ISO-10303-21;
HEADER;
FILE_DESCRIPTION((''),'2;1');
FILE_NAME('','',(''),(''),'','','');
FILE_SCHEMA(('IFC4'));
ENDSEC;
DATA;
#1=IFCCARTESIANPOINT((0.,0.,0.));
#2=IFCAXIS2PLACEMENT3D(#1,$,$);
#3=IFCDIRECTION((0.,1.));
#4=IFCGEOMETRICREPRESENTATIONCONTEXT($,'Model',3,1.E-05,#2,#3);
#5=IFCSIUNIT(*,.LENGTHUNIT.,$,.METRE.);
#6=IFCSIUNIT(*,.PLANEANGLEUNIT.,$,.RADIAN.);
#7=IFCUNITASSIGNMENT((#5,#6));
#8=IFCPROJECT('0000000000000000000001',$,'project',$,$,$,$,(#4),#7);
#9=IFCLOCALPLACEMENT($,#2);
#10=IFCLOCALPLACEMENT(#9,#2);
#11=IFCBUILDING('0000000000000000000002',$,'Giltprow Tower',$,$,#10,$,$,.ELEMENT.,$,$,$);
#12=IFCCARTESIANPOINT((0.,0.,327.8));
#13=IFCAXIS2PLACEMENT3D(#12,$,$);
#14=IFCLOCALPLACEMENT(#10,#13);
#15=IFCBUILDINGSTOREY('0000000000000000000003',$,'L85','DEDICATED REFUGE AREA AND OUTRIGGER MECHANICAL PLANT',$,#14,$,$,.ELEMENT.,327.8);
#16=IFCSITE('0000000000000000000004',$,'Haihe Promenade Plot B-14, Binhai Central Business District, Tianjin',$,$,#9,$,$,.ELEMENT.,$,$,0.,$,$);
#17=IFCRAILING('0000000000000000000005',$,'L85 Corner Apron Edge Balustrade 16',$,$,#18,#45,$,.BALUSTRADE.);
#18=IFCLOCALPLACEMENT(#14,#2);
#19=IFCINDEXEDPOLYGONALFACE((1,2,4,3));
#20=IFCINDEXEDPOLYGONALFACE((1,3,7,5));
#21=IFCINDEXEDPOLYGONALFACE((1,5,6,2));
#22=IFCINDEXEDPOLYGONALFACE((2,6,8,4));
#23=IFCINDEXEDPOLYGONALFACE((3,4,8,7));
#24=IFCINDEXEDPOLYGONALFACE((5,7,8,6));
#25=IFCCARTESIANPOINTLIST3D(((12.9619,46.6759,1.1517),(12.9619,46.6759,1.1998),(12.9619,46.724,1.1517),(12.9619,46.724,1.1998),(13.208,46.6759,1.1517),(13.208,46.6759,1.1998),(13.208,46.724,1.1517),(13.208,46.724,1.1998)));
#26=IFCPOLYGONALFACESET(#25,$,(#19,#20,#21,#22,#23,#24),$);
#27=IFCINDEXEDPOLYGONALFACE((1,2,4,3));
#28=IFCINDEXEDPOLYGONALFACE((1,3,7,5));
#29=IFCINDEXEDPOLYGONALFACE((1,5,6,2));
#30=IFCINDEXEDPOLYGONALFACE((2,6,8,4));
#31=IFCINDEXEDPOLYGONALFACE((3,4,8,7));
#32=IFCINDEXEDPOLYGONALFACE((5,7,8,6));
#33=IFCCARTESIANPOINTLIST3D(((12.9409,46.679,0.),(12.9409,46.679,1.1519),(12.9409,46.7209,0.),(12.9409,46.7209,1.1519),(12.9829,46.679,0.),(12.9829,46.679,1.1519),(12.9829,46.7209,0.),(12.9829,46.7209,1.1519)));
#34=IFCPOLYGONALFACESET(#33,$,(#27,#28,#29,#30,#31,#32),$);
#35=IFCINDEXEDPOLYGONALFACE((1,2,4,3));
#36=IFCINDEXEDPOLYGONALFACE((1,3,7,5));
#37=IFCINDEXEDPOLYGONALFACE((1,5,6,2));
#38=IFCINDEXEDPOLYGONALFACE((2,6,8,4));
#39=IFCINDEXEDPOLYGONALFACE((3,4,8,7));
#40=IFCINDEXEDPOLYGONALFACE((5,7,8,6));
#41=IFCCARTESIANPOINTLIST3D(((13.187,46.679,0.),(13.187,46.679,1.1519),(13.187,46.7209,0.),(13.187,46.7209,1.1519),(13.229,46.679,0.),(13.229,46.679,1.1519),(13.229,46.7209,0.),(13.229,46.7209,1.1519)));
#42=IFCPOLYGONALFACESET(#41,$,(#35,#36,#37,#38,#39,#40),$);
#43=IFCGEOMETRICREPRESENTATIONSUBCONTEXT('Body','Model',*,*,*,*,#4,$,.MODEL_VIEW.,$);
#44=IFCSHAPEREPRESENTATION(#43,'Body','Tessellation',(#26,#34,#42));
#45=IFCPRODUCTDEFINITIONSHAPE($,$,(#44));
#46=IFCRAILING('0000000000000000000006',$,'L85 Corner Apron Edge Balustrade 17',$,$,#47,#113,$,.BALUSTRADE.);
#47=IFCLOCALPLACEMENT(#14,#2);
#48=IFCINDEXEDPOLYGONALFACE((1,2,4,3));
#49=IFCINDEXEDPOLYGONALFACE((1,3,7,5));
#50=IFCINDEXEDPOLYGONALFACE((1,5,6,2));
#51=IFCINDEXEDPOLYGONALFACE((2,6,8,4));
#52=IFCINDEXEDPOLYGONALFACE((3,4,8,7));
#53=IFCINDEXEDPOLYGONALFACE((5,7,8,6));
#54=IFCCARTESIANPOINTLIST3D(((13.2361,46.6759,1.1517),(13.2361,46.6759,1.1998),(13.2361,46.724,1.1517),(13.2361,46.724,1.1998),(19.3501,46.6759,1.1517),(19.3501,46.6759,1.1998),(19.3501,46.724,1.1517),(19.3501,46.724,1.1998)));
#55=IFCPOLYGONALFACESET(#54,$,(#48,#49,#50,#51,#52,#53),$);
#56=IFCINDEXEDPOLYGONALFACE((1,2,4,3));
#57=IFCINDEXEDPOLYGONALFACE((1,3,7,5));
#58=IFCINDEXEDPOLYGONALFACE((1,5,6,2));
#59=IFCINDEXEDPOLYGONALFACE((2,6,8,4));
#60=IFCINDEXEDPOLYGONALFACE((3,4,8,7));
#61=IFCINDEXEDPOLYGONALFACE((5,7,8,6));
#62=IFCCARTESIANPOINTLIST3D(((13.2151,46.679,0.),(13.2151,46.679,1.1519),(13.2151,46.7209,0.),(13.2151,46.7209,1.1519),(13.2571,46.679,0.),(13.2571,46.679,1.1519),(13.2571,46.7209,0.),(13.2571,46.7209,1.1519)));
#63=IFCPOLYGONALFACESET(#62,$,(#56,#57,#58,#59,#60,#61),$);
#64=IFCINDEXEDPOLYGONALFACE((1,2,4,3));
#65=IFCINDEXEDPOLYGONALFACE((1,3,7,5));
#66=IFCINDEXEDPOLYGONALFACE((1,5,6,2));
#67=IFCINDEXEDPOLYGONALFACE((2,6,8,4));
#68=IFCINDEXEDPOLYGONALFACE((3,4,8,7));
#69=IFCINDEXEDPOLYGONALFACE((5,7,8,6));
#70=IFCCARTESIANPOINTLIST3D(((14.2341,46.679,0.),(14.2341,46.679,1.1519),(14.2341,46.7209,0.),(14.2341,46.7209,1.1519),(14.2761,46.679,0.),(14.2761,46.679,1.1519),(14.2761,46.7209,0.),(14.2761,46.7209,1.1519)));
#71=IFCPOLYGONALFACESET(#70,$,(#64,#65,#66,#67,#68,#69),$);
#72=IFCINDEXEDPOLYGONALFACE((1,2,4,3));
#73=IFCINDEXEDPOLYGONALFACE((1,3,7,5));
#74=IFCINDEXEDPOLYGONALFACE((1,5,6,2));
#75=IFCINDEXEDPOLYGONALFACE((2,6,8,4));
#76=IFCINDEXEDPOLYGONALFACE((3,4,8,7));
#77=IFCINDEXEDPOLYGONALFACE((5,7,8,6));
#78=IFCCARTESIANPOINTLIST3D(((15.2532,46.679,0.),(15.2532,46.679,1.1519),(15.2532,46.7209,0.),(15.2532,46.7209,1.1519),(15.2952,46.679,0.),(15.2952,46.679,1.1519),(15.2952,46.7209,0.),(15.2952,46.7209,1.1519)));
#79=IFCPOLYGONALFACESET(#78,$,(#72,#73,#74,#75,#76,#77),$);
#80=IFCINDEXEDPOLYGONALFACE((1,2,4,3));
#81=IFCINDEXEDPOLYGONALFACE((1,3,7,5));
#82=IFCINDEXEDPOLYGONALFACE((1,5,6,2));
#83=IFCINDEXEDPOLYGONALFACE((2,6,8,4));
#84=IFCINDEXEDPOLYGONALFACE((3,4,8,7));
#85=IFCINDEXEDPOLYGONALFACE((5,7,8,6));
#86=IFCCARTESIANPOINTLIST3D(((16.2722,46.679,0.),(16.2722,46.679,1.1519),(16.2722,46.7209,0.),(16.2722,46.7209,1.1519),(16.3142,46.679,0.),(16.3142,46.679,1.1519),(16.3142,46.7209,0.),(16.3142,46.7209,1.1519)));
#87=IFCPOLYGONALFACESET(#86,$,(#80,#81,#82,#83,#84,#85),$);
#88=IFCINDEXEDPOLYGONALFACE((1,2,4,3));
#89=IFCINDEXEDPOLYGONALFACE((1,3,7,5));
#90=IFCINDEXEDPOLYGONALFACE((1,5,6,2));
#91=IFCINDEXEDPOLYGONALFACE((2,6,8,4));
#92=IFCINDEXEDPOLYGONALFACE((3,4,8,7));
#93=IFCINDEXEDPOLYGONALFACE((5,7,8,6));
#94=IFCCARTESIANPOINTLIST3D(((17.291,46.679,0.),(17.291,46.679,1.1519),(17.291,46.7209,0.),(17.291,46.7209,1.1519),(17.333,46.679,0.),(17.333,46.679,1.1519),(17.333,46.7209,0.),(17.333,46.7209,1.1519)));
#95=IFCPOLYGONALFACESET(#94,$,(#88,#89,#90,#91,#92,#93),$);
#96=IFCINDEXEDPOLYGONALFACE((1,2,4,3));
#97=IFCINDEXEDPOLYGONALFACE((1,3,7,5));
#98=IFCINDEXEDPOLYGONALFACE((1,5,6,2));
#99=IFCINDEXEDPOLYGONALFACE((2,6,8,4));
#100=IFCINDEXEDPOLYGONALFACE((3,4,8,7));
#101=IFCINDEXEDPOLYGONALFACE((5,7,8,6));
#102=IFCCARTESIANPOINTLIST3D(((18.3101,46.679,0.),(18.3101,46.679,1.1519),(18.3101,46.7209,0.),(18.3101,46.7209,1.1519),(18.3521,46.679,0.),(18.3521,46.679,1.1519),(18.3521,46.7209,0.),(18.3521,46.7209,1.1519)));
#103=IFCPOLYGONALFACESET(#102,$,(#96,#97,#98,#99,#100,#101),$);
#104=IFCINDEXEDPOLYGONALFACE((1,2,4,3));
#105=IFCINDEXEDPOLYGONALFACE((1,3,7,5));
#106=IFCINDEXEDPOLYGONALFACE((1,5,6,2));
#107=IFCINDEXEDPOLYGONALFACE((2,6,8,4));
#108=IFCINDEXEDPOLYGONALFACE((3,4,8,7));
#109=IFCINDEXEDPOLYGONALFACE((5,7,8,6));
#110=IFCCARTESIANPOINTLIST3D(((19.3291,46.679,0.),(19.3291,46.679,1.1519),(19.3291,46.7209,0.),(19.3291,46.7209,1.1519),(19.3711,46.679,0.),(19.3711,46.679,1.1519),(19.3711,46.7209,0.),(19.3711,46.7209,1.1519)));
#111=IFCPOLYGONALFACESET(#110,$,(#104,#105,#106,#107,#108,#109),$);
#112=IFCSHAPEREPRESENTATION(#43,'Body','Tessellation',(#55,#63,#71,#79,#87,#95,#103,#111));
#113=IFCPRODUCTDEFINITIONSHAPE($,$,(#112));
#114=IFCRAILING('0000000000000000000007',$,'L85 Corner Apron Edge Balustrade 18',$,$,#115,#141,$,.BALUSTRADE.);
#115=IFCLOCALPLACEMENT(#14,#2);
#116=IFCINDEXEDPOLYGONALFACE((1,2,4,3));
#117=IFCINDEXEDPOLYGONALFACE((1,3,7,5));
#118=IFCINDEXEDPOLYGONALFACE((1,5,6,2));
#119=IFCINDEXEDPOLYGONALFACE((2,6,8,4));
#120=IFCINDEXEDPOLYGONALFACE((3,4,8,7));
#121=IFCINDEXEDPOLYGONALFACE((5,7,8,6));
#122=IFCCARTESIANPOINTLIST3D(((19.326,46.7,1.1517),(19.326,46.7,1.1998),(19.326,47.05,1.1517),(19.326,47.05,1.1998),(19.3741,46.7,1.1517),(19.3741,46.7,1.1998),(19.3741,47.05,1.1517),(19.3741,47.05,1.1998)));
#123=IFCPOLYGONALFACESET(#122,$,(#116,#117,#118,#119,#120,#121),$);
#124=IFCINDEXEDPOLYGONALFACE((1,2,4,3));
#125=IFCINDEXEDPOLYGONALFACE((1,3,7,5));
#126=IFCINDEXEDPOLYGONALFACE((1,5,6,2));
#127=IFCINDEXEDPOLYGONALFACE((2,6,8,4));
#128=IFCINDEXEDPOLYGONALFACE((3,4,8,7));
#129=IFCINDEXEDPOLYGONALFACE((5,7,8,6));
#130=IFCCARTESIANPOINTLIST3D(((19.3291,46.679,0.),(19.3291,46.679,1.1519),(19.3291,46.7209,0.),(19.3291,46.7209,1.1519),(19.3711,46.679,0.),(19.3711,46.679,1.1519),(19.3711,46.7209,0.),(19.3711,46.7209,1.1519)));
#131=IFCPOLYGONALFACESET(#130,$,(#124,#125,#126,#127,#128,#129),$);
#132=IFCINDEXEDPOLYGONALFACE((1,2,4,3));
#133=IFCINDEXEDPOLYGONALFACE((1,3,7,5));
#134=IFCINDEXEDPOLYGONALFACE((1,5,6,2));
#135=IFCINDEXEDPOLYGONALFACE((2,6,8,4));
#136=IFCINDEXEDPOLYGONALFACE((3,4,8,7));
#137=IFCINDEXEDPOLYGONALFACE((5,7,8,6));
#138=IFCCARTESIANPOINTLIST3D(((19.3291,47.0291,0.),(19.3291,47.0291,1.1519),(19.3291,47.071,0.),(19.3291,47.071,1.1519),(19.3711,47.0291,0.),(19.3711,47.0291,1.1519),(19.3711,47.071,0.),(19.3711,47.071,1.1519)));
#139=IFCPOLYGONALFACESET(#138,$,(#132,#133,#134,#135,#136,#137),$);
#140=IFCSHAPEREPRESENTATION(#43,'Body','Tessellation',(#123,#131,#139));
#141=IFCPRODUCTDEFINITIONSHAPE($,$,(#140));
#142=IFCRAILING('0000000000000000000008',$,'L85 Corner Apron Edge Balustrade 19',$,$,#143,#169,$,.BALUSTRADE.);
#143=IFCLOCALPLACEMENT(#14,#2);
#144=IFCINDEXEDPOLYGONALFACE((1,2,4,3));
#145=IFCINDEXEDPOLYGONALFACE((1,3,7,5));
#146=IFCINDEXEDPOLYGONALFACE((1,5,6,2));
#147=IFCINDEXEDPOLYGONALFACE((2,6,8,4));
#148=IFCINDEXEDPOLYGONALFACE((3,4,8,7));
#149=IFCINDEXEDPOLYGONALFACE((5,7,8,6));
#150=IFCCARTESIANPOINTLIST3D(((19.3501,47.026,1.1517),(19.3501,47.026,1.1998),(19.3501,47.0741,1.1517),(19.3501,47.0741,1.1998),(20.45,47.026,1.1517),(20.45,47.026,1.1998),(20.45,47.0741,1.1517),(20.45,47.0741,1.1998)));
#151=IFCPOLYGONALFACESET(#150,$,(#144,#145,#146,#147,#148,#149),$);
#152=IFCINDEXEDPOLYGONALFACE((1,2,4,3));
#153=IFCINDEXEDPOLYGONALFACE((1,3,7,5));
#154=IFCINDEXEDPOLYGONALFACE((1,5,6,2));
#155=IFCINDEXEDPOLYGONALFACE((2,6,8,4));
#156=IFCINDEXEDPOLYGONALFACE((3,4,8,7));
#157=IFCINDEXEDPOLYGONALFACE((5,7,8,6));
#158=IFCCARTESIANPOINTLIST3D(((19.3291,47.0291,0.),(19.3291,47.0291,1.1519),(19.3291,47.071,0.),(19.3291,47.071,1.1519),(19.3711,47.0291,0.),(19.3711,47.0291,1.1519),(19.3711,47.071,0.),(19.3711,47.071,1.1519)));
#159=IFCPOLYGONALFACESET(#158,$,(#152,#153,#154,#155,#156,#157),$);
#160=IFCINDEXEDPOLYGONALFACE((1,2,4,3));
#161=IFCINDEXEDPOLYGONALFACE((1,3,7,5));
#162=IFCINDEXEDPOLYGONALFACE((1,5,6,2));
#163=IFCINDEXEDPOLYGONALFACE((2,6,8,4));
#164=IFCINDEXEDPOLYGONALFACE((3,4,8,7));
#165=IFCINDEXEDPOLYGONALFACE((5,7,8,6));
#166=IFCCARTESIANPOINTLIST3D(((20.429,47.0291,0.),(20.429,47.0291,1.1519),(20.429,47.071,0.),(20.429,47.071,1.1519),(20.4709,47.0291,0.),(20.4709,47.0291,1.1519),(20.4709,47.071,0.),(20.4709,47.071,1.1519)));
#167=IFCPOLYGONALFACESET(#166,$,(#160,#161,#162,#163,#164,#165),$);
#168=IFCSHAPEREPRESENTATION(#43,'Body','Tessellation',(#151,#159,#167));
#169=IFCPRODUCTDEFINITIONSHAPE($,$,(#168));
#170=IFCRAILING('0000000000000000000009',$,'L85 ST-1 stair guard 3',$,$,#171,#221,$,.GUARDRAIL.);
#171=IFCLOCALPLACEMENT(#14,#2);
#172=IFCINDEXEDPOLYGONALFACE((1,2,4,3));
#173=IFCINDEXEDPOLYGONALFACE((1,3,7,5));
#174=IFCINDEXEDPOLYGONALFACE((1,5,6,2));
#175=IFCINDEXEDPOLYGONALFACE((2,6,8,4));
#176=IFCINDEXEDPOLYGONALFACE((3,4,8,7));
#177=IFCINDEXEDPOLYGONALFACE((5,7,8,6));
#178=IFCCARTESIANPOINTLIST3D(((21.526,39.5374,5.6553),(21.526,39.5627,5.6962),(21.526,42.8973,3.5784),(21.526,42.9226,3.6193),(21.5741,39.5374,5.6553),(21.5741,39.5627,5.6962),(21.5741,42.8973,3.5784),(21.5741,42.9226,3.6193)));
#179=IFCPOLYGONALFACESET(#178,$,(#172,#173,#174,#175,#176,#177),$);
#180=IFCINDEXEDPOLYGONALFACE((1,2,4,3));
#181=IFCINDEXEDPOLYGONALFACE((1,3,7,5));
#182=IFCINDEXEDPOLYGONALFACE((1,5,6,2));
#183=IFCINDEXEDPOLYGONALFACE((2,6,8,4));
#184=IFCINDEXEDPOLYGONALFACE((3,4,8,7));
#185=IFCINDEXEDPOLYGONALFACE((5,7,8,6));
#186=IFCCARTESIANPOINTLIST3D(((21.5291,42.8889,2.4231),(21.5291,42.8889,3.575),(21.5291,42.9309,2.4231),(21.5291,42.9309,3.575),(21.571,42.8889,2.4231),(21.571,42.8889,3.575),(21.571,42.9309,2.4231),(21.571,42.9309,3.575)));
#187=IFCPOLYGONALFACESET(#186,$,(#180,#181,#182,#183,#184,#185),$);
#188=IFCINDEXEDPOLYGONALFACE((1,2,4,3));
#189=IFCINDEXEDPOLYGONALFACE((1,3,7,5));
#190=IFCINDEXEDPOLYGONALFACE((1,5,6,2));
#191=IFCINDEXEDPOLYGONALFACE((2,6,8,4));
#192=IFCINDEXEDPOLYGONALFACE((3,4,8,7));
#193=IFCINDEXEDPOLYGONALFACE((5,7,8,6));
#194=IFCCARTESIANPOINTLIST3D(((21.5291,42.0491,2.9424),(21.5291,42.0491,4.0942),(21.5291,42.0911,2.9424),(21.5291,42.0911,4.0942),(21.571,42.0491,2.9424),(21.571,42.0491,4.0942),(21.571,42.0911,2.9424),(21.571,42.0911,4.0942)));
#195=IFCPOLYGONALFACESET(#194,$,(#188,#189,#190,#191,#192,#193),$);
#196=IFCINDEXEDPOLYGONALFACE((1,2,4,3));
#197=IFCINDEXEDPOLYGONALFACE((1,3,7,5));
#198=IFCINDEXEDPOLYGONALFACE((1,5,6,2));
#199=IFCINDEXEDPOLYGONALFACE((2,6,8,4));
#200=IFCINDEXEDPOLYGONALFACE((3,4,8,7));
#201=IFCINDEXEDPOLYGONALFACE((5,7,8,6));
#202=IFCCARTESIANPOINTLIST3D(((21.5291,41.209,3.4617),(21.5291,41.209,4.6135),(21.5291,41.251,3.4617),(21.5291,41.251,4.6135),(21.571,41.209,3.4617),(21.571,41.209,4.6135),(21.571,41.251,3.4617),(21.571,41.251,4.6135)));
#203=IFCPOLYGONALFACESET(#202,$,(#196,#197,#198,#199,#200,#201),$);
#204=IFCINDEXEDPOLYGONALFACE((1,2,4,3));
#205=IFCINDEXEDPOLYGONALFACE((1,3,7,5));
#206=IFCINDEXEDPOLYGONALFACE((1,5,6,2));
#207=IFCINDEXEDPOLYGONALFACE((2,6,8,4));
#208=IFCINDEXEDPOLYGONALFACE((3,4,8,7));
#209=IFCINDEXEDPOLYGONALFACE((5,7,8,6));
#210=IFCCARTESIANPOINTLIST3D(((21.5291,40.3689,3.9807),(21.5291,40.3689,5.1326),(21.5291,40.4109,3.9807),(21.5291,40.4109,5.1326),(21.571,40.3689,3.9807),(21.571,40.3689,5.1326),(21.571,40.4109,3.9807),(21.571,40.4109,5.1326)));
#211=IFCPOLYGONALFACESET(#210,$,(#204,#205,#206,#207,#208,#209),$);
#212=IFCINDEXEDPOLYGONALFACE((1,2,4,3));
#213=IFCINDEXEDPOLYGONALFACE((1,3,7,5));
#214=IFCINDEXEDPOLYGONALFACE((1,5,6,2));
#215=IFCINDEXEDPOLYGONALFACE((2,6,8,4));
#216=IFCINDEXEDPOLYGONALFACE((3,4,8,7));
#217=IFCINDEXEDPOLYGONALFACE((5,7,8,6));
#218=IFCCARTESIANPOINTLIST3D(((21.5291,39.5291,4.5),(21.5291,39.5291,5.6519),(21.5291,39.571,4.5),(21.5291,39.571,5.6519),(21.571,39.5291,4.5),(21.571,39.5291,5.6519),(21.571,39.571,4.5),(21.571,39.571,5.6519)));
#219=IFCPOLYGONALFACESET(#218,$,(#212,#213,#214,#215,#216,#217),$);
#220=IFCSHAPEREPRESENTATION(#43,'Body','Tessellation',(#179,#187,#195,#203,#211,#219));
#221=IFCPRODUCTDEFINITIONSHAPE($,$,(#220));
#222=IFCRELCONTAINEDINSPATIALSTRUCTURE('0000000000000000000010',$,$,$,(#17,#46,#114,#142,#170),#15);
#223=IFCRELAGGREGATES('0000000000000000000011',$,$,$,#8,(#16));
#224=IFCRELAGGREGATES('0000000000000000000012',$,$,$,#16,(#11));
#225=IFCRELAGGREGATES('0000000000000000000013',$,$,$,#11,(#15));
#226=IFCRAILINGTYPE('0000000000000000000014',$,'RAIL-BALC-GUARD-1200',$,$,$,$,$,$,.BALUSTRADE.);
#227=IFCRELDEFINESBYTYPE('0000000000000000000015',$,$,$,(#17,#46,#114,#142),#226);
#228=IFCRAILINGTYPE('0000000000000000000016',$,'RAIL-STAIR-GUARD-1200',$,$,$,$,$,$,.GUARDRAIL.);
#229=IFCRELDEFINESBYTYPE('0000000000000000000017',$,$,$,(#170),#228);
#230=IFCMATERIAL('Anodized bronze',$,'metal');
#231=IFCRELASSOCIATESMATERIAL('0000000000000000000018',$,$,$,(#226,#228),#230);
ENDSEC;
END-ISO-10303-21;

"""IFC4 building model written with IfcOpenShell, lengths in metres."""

from ifc_helpers import new_model, si_unit, direction, frame, origin, origin_2d, place, context, subcontext, project, spatial, rectangle, extrude, material, type_object, element, save


model = new_model("IFC4")

# Units and contexts
model_context = context("Model", 3, precision=1e-05, world=origin(), true_north=direction((0.0, 1.0)))
body_context = subcontext(model_context, "Body", "Model", "MODEL_VIEW")
ifc_project = project(units=[si_unit("LENGTHUNIT", "METRE"), si_unit("PLANEANGLEUNIT", "RADIAN")], contexts=[model_context])

# Site, building, storey
site_placement = place(None, origin())
site = spatial("IfcSite", under=ifc_project, at=site_placement, Name="Haihe Promenade Plot B-14, Binhai Central Business District, Tianjin", CompositionType="ELEMENT", RefElevation=0.0)
building_placement = place(site_placement, origin())
building = spatial("IfcBuilding", under=site, at=building_placement, Name="Giltprow Tower", CompositionType="ELEMENT")
storey_placement = place(building_placement, frame((0.0, 0.0, 327.8)))
storey = spatial("IfcBuildingStorey", under=building, at=storey_placement, Name="L85", Description="DEDICATED REFUGE AREA AND OUTRIGGER MECHANICAL PLANT", CompositionType="ELEMENT", Elevation=327.8)

# Railings
ifc_material_1 = material(Name="Anodized bronze", Category="metal")
railing_type_1 = type_object("IfcRailingType", Name="RAIL-BALC-GUARD-1200", PredefinedType="BALUSTRADE", material=ifc_material_1)
railing_1_placement = place(storey_placement, frame((12.9619, 46.7, 0.0)))
element("IfcRailing", 1, at=railing_1_placement, inside=storey, type_object=railing_type_1, Name="L85 Corner Apron Edge Balustrade 16", PredefinedType="BALUSTRADE", context=body_context, shape_type="SweptSolid", body=[
    extrude(rectangle(XDim=0.0481, YDim=0.0481, at=origin_2d()), frame((0.0, 0.0, 1.1758), z_axis=(1.0, 0.0, 0.0), x_axis=(0.0, 1.0, 0.0)), (0.0, 0.0, 1.0), 0.2461),
    extrude(rectangle(XDim=0.042, YDim=0.042, at=origin_2d()), origin(), (0.0, 0.0, 1.0), 1.1519),
    extrude(rectangle(XDim=0.042, YDim=0.042, at=origin_2d()), frame((0.2461, 0.0, 0.0)), (0.0, 0.0, 1.0), 1.1519),
])
railing_2_placement = place(storey_placement, frame((13.2361, 46.7, 0.0)))
element("IfcRailing", 2, at=railing_2_placement, inside=storey, type_object=railing_type_1, Name="L85 Corner Apron Edge Balustrade 17", PredefinedType="BALUSTRADE", context=body_context, shape_type="SweptSolid", body=[
    extrude(rectangle(XDim=0.0481, YDim=0.0481, at=origin_2d()), frame((0.0, 0.0, 1.1758), z_axis=(1.0, 0.0, 0.0), x_axis=(0.0, 1.0, 0.0)), (0.0, 0.0, 1.0), 6.114),
    extrude(rectangle(XDim=0.042, YDim=0.042, at=origin_2d()), origin(), (0.0, 0.0, 1.0), 1.1519),
    extrude(rectangle(XDim=0.042, YDim=0.042, at=origin_2d()), frame((1.019, 0.0, 0.0)), (0.0, 0.0, 1.0), 1.1519),
    extrude(rectangle(XDim=0.042, YDim=0.042, at=origin_2d()), frame((2.0381, 0.0, 0.0)), (0.0, 0.0, 1.0), 1.1519),
    extrude(rectangle(XDim=0.042, YDim=0.042, at=origin_2d()), frame((3.0571, 0.0, 0.0)), (0.0, 0.0, 1.0), 1.1519),
    extrude(rectangle(XDim=0.042, YDim=0.042, at=origin_2d()), frame((4.0759, 0.0, 0.0)), (0.0, 0.0, 1.0), 1.1519),
    extrude(rectangle(XDim=0.042, YDim=0.042, at=origin_2d()), frame((5.095, 0.0, 0.0)), (0.0, 0.0, 1.0), 1.1519),
    extrude(rectangle(XDim=0.042, YDim=0.042, at=origin_2d()), frame((6.114, 0.0, 0.0)), (0.0, 0.0, 1.0), 1.1519),
])
railing_3_placement = place(storey_placement, frame((19.3501, 46.7, 0.0)))
element("IfcRailing", 3, at=railing_3_placement, inside=storey, type_object=railing_type_1, Name="L85 Corner Apron Edge Balustrade 18", PredefinedType="BALUSTRADE", context=body_context, shape_type="SweptSolid", body=[
    extrude(rectangle(XDim=0.0481, YDim=0.0481, at=origin_2d()), frame((0.0, 0.0, 1.1758), z_axis=(0.0, 1.0, 0.0), x_axis=(-1.0, 0.0, 0.0)), (0.0, 0.0, 1.0), 0.3501),
    extrude(rectangle(XDim=0.042, YDim=0.042, at=origin_2d()), origin(), (0.0, 0.0, 1.0), 1.1519),
    extrude(rectangle(XDim=0.042, YDim=0.042, at=origin_2d()), frame((0.0, 0.3501, 0.0)), (0.0, 0.0, 1.0), 1.1519),
])
railing_4_placement = place(storey_placement, frame((19.3501, 47.05, 0.0)))
element("IfcRailing", 4, at=railing_4_placement, inside=storey, type_object=railing_type_1, Name="L85 Corner Apron Edge Balustrade 19", PredefinedType="BALUSTRADE", context=body_context, shape_type="SweptSolid", body=[
    extrude(rectangle(XDim=0.0481, YDim=0.0481, at=origin_2d()), frame((0.0, 0.0, 1.1758), z_axis=(1.0, 0.0, 0.0), x_axis=(0.0, 1.0, 0.0)), (0.0, 0.0, 1.0), 1.0999),
    extrude(rectangle(XDim=0.042, YDim=0.042, at=origin_2d()), origin(), (0.0, 0.0, 1.0), 1.1519),
    extrude(rectangle(XDim=0.042, YDim=0.042, at=origin_2d()), frame((1.0999, 0.0, 0.0)), (0.0, 0.0, 1.0), 1.1519),
])
railing_type_2 = type_object("IfcRailingType", Name="RAIL-STAIR-GUARD-1200", PredefinedType="GUARDRAIL", material=ifc_material_1)
railing_5_placement = place(storey_placement, frame((21.55, 42.9099, 2.4231)))
element("IfcRailing", 5, at=railing_5_placement, inside=storey, type_object=railing_type_2, Name="L85 ST-1 stair guard 3", PredefinedType="GUARDRAIL", context=body_context, shape_type="SweptSolid", body=[
    extrude(rectangle(XDim=0.0481, YDim=0.0481, at=origin_2d()), frame((0.0, 0.0, 1.1758), z_axis=(0.0, -0.850606, 0.525803), x_axis=(1.0, 0.0, 0.0)), (0.0, 0.0, 1.0), 3.95),
    extrude(rectangle(XDim=0.042, YDim=0.042, at=origin_2d()), origin(), (0.0, 0.0, 1.0), 1.1519),
    extrude(rectangle(XDim=0.042, YDim=0.042, at=origin_2d()), frame((0.0, -0.8398, 0.5193)), (0.0, 0.0, 1.0), 1.1519),
    extrude(rectangle(XDim=0.042, YDim=0.042, at=origin_2d()), frame((0.0, -1.6799, 1.0386)), (0.0, 0.0, 1.0), 1.1519),
    extrude(rectangle(XDim=0.042, YDim=0.042, at=origin_2d()), frame((0.0, -2.52, 1.5576)), (0.0, 0.0, 1.0), 1.1519),
    extrude(rectangle(XDim=0.042, YDim=0.042, at=origin_2d()), frame((0.0, -3.3599, 2.0769)), (0.0, 0.0, 1.0), 1.1519),
])

save(model, "model.ifc")
